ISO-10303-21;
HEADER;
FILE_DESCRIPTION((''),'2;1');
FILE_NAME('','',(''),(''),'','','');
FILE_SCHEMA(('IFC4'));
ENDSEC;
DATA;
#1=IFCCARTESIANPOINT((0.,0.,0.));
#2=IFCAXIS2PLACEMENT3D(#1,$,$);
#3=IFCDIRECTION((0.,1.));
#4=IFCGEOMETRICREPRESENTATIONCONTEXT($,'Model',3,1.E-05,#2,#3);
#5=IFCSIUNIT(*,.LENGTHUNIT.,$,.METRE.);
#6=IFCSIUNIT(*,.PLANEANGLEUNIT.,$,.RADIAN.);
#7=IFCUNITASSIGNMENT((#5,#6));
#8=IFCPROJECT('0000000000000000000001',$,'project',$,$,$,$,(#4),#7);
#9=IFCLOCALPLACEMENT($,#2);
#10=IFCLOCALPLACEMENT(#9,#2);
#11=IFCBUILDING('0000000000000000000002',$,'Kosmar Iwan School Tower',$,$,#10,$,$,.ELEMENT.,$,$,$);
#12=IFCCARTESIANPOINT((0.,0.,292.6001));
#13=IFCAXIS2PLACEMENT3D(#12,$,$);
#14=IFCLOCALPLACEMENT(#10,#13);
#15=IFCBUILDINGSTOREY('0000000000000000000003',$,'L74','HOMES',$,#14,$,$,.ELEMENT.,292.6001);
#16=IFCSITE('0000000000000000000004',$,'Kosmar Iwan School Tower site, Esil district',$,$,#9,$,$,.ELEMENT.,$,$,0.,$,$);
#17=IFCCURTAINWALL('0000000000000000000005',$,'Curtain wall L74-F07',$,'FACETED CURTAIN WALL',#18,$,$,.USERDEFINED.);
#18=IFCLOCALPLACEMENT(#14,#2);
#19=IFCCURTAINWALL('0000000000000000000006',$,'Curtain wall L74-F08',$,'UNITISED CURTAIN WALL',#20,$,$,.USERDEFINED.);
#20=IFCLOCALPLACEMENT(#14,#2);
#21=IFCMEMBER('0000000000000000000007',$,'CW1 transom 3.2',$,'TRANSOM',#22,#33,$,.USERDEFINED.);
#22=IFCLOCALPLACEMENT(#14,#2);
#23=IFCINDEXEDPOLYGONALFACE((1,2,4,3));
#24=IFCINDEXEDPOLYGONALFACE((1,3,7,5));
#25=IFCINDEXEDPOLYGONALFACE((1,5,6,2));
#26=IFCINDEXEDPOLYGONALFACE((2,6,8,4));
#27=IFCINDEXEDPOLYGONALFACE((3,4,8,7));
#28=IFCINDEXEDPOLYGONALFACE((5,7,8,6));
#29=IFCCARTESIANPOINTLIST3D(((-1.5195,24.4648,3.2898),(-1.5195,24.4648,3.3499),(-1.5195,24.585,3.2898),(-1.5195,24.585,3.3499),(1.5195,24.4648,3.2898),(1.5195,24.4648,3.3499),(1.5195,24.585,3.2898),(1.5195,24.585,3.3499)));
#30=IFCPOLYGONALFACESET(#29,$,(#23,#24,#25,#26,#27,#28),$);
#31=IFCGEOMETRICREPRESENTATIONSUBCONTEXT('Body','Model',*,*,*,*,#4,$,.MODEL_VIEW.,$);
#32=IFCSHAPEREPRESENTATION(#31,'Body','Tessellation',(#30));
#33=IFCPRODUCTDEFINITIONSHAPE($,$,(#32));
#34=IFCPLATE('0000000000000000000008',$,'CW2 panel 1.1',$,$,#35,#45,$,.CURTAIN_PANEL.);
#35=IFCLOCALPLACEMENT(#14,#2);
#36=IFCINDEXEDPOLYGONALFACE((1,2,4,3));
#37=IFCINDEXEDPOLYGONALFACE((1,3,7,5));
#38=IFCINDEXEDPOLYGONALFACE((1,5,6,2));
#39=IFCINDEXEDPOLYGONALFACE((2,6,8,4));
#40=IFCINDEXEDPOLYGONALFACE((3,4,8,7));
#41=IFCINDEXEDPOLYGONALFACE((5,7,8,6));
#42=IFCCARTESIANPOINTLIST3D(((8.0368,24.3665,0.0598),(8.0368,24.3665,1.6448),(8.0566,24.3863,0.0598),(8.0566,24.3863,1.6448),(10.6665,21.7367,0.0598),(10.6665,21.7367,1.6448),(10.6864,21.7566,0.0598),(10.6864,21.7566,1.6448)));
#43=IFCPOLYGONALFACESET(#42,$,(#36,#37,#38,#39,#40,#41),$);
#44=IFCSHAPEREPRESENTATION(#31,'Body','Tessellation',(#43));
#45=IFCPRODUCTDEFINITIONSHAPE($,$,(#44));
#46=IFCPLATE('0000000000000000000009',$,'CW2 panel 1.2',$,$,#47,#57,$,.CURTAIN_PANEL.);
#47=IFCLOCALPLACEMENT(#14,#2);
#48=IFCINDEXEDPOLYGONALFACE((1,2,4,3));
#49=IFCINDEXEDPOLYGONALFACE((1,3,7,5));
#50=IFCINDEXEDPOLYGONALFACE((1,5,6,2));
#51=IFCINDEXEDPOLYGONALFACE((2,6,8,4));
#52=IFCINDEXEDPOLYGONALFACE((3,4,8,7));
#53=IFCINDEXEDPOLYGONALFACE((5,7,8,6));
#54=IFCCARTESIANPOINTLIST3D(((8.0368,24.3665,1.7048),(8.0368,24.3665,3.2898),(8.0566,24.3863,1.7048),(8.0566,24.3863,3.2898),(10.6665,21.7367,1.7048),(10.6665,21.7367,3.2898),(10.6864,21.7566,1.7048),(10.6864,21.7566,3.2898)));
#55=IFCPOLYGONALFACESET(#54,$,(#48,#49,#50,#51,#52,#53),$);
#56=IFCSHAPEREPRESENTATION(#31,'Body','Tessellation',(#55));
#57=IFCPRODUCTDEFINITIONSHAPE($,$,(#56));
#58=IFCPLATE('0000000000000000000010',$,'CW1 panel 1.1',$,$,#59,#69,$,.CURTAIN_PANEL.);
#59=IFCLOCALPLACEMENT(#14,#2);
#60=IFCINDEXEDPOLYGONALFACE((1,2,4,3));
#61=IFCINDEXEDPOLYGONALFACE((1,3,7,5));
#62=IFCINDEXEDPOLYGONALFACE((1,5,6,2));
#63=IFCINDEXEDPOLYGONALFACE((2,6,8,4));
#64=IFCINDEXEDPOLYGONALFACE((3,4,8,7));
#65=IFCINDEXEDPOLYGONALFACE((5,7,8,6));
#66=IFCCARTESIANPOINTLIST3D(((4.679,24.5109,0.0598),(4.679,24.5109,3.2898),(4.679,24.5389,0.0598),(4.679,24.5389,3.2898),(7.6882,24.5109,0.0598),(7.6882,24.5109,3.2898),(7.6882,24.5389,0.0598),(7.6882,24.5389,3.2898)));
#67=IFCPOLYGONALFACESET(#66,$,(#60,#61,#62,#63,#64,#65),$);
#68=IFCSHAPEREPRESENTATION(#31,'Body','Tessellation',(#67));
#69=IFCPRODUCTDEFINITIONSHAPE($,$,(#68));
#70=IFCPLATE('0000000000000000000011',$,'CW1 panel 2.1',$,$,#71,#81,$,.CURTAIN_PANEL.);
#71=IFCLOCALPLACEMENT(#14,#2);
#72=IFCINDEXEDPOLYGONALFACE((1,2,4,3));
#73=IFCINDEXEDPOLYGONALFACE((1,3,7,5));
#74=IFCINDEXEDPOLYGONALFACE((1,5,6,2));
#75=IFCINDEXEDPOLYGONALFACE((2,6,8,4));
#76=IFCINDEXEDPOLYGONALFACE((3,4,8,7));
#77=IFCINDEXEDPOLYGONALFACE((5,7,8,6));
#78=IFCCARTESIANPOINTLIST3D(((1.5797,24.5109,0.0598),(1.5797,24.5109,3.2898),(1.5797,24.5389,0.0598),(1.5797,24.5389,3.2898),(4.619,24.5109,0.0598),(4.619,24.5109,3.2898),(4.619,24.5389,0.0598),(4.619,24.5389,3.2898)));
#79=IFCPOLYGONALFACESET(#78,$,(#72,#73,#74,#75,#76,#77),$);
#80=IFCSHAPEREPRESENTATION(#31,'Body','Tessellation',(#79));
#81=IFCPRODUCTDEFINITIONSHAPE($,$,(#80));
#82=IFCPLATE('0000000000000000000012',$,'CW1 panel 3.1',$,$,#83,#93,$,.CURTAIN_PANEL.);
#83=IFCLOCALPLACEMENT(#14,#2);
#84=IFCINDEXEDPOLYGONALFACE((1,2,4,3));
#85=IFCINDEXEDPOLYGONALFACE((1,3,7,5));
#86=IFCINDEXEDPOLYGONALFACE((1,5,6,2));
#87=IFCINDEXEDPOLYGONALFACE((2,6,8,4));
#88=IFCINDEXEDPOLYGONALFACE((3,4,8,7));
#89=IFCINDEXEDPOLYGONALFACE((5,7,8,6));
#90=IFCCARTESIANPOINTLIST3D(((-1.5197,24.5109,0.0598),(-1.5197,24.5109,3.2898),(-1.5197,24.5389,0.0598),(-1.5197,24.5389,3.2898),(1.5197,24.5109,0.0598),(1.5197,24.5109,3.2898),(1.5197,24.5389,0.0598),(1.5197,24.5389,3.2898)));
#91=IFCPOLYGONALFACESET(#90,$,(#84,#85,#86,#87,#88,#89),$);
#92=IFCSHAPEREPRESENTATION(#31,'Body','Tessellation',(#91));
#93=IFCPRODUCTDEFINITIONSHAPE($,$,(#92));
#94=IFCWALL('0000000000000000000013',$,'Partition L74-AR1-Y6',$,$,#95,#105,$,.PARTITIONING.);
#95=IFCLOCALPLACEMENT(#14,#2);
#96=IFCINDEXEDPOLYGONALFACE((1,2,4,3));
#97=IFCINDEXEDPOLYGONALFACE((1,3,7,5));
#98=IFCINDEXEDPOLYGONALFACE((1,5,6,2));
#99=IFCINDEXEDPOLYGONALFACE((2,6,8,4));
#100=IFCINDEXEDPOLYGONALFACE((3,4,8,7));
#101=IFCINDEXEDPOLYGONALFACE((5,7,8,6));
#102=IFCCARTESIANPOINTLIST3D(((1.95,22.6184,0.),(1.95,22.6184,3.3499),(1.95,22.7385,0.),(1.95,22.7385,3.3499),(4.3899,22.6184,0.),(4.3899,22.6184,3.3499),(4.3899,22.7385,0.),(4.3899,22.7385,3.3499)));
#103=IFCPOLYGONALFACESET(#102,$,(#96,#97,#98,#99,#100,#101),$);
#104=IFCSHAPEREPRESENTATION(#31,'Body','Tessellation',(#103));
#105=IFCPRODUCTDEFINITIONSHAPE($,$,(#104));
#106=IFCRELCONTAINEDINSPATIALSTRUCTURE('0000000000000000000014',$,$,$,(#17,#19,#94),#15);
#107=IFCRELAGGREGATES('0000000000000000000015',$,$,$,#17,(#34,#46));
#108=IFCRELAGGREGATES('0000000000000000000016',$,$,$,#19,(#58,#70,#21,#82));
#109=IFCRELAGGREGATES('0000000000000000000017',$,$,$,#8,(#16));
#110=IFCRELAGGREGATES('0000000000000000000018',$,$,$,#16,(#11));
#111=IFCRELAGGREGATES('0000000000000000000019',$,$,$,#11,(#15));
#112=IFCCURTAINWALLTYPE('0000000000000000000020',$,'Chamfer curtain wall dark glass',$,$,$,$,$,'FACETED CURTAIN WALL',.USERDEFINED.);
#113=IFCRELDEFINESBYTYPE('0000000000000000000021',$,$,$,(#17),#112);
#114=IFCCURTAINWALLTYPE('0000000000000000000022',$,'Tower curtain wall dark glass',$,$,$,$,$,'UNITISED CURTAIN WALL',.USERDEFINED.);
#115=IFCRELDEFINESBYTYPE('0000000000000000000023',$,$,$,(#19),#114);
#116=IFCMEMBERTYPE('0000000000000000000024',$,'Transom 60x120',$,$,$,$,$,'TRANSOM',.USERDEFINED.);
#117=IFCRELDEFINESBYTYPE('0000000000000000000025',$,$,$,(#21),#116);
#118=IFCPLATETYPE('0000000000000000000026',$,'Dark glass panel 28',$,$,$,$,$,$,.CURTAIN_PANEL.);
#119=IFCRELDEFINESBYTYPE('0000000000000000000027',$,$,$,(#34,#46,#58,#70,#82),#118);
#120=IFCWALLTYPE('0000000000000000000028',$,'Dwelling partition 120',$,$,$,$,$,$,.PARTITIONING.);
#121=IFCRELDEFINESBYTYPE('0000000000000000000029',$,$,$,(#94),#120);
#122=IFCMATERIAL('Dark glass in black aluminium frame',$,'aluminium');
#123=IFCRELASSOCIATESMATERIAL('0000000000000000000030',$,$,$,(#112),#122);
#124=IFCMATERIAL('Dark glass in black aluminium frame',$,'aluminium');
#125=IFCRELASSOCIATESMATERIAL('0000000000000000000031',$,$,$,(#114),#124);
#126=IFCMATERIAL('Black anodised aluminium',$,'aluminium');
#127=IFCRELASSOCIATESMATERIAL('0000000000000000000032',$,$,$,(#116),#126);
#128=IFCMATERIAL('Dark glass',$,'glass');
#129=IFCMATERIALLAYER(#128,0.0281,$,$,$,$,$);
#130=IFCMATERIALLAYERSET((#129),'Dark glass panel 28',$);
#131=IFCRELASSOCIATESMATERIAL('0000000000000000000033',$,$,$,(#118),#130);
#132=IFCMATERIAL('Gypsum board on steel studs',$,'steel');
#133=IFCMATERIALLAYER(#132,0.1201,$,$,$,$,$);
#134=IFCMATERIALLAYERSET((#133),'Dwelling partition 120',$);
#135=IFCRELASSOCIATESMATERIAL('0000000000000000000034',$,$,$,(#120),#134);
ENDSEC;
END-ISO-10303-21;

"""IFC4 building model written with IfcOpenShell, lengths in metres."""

from ifc_helpers import new_model, si_unit, direction, frame, frame_2d, origin, origin_2d, place, context, subcontext, project, spatial, rectangle, extrude, material, layer, layer_set, material_profile, profile_set, type_object, element, aggregate, save


model = new_model("IFC4")

# Units and contexts
model_context = context("Model", 3, precision=1e-05, world=origin(), true_north=direction((0.0, 1.0)))
body_context = subcontext(model_context, "Body", "Model", "MODEL_VIEW")
ifc_project = project(units=[si_unit("LENGTHUNIT", "METRE"), si_unit("PLANEANGLEUNIT", "RADIAN")], contexts=[model_context])

# Site, building, storey
site_placement = place(None, origin())
site = spatial("IfcSite", under=ifc_project, at=site_placement, Name="Kosmar Iwan School Tower site, Esil district", CompositionType="ELEMENT", RefElevation=0.0)
building_placement = place(site_placement, origin())
building = spatial("IfcBuilding", under=site, at=building_placement, Name="Kosmar Iwan School Tower", CompositionType="ELEMENT")
storey_placement = place(building_placement, frame((0.0, 0.0, 292.6001)))
storey = spatial("IfcBuildingStorey", under=building, at=storey_placement, Name="L74", Description="HOMES", CompositionType="ELEMENT", Elevation=292.6001)

# Curtain wall
ifc_material_1 = material(Name="Dark glass in black aluminium frame", Category="aluminium")
curtain_wall_type_1 = type_object("IfcCurtainWallType", Name="Chamfer curtain wall dark glass", ElementType="FACETED CURTAIN WALL", PredefinedType="USERDEFINED", material=ifc_material_1)
curtain_wall_1_placement = place(storey_placement, origin())
curtain_wall_1 = element("IfcCurtainWall", 1, at=curtain_wall_1_placement, inside=storey, type_object=curtain_wall_type_1, Name="Curtain wall L74-F07", ObjectType="FACETED CURTAIN WALL", PredefinedType="USERDEFINED")

# Curtain wall
ifc_material_2 = material(Name="Dark glass in black aluminium frame", Category="aluminium")
curtain_wall_type_2 = type_object("IfcCurtainWallType", Name="Tower curtain wall dark glass", ElementType="UNITISED CURTAIN WALL", PredefinedType="USERDEFINED", material=ifc_material_2)
curtain_wall_2_placement = place(storey_placement, origin())
curtain_wall_2 = element("IfcCurtainWall", 2, at=curtain_wall_2_placement, inside=storey, type_object=curtain_wall_type_2, Name="Curtain wall L74-F08", ObjectType="UNITISED CURTAIN WALL", PredefinedType="USERDEFINED")

# Member
ifc_material_3 = material(Name="Black anodised aluminium", Category="aluminium")
ifc_material_profile_1 = material_profile(ifc_material_3, rectangle(XDim=0.1201, YDim=0.0601, at=origin_2d()), Name="TRANSOM 60x120")
ifc_profile_set_1 = profile_set([ifc_material_profile_1], Name="Black anodised aluminium")
member_type_1 = type_object("IfcMemberType", Name="Transom 60x120", ElementType="TRANSOM", PredefinedType="USERDEFINED", material=ifc_profile_set_1)
member_1_placement = place(storey_placement, frame((1.5195, 24.5249, 3.3198), z_axis=(-1.0, 0.0, 0.0), x_axis=(0.0, -1.0, 0.0)))
member_1 = element("IfcMember", 3, at=member_1_placement, type_object=member_type_1, Name="CW1 transom 3.2", ObjectType="TRANSOM", PredefinedType="USERDEFINED", context=body_context, shape_type="SweptSolid", body=[
    extrude(rectangle(XDim=0.1201, YDim=0.0601, at=origin_2d()), origin(), (0.0, 0.0, 1.0), 3.0391),
])

# Plates
ifc_material_4 = material(Name="Dark glass", Category="glass")
ifc_layer_1 = layer(ifc_material_4, 0.0281)
ifc_layer_set_1 = layer_set([ifc_layer_1], Name="Dark glass panel 28")
plate_type = type_object("IfcPlateType", Name="Dark glass panel 28", PredefinedType="CURTAIN_PANEL", material=ifc_layer_set_1)
plate_1_placement = place(storey_placement, frame((9.3616, 23.0615, 0.0598), z_axis=(0.0, 0.0, 1.0), x_axis=(-0.707107, 0.707107, 0.0)))
plate_1 = element("IfcPlate", 4, at=plate_1_placement, type_object=plate_type, Name="CW2 panel 1.1", PredefinedType="CURTAIN_PANEL", context=body_context, shape_type="SweptSolid", body=[
    extrude(rectangle(XDim=3.719, YDim=0.0281, at=origin_2d()), origin(), (0.0, 0.0, 1.0), 1.585),
])
plate_2_placement = place(storey_placement, frame((9.3616, 23.0615, 1.7048), z_axis=(0.0, 0.0, 1.0), x_axis=(-0.707107, 0.707107, 0.0)))
plate_2 = element("IfcPlate", 5, at=plate_2_placement, type_object=plate_type, Name="CW2 panel 1.2", PredefinedType="CURTAIN_PANEL", context=body_context, shape_type="SweptSolid", body=[
    extrude(rectangle(XDim=3.719, YDim=0.0281, at=origin_2d()), origin(), (0.0, 0.0, 1.0), 1.585),
])
aggregate(curtain_wall_1, [plate_1, plate_2])
plate_3_placement = place(storey_placement, frame((6.1836, 24.5249, 0.0598), z_axis=(0.0, 0.0, 1.0), x_axis=(-1.0, 0.0, 0.0)))
plate_3 = element("IfcPlate", 6, at=plate_3_placement, type_object=plate_type, Name="CW1 panel 1.1", PredefinedType="CURTAIN_PANEL", context=body_context, shape_type="SweptSolid", body=[
    extrude(rectangle(XDim=3.0093, YDim=0.0281, at=origin_2d()), origin(), (0.0, 0.0, 1.0), 3.23),
])
plate_4_placement = place(storey_placement, frame((3.0994, 24.5249, 0.0598), z_axis=(0.0, 0.0, 1.0), x_axis=(-1.0, 0.0, 0.0)))
plate_4 = element("IfcPlate", 7, at=plate_4_placement, type_object=plate_type, Name="CW1 panel 2.1", PredefinedType="CURTAIN_PANEL", context=body_context, shape_type="SweptSolid", body=[
    extrude(rectangle(XDim=3.0393, YDim=0.0281, at=origin_2d()), origin(), (0.0, 0.0, 1.0), 3.23),
])
plate_5_placement = place(storey_placement, frame((0.0, 24.5249, 0.0598), z_axis=(0.0, 0.0, 1.0), x_axis=(-1.0, 0.0, 0.0)))
plate_5 = element("IfcPlate", 8, at=plate_5_placement, type_object=plate_type, Name="CW1 panel 3.1", PredefinedType="CURTAIN_PANEL", context=body_context, shape_type="SweptSolid", body=[
    extrude(rectangle(XDim=3.0393, YDim=0.0281, at=origin_2d()), origin(), (0.0, 0.0, 1.0), 3.23),
])
aggregate(curtain_wall_2, [plate_3, plate_4, member_1, plate_5])

# Wall
ifc_material_5 = material(Name="Gypsum board on steel studs", Category="steel")
ifc_layer_2 = layer(ifc_material_5, 0.1201)
ifc_layer_set_2 = layer_set([ifc_layer_2], Name="Dwelling partition 120")
wall_type = type_object("IfcWallType", Name="Dwelling partition 120", PredefinedType="PARTITIONING", material=ifc_layer_set_2)
wall_placement = place(storey_placement, frame((1.95, 22.6785, 0.0), z_axis=(0.0, 0.0, 1.0), x_axis=(1.0, 0.0, 0.0)))
element("IfcWall", 9, at=wall_placement, inside=storey, type_object=wall_type, Name="Partition L74-AR1-Y6", PredefinedType="PARTITIONING", context=body_context, shape_type="SweptSolid", body=[
    extrude(rectangle(XDim=2.4399, YDim=0.1201, at=frame_2d((1.22, 0.0))), origin(), (0.0, 0.0, 1.0), 3.3499),
])

save(model, "model.ifc")
